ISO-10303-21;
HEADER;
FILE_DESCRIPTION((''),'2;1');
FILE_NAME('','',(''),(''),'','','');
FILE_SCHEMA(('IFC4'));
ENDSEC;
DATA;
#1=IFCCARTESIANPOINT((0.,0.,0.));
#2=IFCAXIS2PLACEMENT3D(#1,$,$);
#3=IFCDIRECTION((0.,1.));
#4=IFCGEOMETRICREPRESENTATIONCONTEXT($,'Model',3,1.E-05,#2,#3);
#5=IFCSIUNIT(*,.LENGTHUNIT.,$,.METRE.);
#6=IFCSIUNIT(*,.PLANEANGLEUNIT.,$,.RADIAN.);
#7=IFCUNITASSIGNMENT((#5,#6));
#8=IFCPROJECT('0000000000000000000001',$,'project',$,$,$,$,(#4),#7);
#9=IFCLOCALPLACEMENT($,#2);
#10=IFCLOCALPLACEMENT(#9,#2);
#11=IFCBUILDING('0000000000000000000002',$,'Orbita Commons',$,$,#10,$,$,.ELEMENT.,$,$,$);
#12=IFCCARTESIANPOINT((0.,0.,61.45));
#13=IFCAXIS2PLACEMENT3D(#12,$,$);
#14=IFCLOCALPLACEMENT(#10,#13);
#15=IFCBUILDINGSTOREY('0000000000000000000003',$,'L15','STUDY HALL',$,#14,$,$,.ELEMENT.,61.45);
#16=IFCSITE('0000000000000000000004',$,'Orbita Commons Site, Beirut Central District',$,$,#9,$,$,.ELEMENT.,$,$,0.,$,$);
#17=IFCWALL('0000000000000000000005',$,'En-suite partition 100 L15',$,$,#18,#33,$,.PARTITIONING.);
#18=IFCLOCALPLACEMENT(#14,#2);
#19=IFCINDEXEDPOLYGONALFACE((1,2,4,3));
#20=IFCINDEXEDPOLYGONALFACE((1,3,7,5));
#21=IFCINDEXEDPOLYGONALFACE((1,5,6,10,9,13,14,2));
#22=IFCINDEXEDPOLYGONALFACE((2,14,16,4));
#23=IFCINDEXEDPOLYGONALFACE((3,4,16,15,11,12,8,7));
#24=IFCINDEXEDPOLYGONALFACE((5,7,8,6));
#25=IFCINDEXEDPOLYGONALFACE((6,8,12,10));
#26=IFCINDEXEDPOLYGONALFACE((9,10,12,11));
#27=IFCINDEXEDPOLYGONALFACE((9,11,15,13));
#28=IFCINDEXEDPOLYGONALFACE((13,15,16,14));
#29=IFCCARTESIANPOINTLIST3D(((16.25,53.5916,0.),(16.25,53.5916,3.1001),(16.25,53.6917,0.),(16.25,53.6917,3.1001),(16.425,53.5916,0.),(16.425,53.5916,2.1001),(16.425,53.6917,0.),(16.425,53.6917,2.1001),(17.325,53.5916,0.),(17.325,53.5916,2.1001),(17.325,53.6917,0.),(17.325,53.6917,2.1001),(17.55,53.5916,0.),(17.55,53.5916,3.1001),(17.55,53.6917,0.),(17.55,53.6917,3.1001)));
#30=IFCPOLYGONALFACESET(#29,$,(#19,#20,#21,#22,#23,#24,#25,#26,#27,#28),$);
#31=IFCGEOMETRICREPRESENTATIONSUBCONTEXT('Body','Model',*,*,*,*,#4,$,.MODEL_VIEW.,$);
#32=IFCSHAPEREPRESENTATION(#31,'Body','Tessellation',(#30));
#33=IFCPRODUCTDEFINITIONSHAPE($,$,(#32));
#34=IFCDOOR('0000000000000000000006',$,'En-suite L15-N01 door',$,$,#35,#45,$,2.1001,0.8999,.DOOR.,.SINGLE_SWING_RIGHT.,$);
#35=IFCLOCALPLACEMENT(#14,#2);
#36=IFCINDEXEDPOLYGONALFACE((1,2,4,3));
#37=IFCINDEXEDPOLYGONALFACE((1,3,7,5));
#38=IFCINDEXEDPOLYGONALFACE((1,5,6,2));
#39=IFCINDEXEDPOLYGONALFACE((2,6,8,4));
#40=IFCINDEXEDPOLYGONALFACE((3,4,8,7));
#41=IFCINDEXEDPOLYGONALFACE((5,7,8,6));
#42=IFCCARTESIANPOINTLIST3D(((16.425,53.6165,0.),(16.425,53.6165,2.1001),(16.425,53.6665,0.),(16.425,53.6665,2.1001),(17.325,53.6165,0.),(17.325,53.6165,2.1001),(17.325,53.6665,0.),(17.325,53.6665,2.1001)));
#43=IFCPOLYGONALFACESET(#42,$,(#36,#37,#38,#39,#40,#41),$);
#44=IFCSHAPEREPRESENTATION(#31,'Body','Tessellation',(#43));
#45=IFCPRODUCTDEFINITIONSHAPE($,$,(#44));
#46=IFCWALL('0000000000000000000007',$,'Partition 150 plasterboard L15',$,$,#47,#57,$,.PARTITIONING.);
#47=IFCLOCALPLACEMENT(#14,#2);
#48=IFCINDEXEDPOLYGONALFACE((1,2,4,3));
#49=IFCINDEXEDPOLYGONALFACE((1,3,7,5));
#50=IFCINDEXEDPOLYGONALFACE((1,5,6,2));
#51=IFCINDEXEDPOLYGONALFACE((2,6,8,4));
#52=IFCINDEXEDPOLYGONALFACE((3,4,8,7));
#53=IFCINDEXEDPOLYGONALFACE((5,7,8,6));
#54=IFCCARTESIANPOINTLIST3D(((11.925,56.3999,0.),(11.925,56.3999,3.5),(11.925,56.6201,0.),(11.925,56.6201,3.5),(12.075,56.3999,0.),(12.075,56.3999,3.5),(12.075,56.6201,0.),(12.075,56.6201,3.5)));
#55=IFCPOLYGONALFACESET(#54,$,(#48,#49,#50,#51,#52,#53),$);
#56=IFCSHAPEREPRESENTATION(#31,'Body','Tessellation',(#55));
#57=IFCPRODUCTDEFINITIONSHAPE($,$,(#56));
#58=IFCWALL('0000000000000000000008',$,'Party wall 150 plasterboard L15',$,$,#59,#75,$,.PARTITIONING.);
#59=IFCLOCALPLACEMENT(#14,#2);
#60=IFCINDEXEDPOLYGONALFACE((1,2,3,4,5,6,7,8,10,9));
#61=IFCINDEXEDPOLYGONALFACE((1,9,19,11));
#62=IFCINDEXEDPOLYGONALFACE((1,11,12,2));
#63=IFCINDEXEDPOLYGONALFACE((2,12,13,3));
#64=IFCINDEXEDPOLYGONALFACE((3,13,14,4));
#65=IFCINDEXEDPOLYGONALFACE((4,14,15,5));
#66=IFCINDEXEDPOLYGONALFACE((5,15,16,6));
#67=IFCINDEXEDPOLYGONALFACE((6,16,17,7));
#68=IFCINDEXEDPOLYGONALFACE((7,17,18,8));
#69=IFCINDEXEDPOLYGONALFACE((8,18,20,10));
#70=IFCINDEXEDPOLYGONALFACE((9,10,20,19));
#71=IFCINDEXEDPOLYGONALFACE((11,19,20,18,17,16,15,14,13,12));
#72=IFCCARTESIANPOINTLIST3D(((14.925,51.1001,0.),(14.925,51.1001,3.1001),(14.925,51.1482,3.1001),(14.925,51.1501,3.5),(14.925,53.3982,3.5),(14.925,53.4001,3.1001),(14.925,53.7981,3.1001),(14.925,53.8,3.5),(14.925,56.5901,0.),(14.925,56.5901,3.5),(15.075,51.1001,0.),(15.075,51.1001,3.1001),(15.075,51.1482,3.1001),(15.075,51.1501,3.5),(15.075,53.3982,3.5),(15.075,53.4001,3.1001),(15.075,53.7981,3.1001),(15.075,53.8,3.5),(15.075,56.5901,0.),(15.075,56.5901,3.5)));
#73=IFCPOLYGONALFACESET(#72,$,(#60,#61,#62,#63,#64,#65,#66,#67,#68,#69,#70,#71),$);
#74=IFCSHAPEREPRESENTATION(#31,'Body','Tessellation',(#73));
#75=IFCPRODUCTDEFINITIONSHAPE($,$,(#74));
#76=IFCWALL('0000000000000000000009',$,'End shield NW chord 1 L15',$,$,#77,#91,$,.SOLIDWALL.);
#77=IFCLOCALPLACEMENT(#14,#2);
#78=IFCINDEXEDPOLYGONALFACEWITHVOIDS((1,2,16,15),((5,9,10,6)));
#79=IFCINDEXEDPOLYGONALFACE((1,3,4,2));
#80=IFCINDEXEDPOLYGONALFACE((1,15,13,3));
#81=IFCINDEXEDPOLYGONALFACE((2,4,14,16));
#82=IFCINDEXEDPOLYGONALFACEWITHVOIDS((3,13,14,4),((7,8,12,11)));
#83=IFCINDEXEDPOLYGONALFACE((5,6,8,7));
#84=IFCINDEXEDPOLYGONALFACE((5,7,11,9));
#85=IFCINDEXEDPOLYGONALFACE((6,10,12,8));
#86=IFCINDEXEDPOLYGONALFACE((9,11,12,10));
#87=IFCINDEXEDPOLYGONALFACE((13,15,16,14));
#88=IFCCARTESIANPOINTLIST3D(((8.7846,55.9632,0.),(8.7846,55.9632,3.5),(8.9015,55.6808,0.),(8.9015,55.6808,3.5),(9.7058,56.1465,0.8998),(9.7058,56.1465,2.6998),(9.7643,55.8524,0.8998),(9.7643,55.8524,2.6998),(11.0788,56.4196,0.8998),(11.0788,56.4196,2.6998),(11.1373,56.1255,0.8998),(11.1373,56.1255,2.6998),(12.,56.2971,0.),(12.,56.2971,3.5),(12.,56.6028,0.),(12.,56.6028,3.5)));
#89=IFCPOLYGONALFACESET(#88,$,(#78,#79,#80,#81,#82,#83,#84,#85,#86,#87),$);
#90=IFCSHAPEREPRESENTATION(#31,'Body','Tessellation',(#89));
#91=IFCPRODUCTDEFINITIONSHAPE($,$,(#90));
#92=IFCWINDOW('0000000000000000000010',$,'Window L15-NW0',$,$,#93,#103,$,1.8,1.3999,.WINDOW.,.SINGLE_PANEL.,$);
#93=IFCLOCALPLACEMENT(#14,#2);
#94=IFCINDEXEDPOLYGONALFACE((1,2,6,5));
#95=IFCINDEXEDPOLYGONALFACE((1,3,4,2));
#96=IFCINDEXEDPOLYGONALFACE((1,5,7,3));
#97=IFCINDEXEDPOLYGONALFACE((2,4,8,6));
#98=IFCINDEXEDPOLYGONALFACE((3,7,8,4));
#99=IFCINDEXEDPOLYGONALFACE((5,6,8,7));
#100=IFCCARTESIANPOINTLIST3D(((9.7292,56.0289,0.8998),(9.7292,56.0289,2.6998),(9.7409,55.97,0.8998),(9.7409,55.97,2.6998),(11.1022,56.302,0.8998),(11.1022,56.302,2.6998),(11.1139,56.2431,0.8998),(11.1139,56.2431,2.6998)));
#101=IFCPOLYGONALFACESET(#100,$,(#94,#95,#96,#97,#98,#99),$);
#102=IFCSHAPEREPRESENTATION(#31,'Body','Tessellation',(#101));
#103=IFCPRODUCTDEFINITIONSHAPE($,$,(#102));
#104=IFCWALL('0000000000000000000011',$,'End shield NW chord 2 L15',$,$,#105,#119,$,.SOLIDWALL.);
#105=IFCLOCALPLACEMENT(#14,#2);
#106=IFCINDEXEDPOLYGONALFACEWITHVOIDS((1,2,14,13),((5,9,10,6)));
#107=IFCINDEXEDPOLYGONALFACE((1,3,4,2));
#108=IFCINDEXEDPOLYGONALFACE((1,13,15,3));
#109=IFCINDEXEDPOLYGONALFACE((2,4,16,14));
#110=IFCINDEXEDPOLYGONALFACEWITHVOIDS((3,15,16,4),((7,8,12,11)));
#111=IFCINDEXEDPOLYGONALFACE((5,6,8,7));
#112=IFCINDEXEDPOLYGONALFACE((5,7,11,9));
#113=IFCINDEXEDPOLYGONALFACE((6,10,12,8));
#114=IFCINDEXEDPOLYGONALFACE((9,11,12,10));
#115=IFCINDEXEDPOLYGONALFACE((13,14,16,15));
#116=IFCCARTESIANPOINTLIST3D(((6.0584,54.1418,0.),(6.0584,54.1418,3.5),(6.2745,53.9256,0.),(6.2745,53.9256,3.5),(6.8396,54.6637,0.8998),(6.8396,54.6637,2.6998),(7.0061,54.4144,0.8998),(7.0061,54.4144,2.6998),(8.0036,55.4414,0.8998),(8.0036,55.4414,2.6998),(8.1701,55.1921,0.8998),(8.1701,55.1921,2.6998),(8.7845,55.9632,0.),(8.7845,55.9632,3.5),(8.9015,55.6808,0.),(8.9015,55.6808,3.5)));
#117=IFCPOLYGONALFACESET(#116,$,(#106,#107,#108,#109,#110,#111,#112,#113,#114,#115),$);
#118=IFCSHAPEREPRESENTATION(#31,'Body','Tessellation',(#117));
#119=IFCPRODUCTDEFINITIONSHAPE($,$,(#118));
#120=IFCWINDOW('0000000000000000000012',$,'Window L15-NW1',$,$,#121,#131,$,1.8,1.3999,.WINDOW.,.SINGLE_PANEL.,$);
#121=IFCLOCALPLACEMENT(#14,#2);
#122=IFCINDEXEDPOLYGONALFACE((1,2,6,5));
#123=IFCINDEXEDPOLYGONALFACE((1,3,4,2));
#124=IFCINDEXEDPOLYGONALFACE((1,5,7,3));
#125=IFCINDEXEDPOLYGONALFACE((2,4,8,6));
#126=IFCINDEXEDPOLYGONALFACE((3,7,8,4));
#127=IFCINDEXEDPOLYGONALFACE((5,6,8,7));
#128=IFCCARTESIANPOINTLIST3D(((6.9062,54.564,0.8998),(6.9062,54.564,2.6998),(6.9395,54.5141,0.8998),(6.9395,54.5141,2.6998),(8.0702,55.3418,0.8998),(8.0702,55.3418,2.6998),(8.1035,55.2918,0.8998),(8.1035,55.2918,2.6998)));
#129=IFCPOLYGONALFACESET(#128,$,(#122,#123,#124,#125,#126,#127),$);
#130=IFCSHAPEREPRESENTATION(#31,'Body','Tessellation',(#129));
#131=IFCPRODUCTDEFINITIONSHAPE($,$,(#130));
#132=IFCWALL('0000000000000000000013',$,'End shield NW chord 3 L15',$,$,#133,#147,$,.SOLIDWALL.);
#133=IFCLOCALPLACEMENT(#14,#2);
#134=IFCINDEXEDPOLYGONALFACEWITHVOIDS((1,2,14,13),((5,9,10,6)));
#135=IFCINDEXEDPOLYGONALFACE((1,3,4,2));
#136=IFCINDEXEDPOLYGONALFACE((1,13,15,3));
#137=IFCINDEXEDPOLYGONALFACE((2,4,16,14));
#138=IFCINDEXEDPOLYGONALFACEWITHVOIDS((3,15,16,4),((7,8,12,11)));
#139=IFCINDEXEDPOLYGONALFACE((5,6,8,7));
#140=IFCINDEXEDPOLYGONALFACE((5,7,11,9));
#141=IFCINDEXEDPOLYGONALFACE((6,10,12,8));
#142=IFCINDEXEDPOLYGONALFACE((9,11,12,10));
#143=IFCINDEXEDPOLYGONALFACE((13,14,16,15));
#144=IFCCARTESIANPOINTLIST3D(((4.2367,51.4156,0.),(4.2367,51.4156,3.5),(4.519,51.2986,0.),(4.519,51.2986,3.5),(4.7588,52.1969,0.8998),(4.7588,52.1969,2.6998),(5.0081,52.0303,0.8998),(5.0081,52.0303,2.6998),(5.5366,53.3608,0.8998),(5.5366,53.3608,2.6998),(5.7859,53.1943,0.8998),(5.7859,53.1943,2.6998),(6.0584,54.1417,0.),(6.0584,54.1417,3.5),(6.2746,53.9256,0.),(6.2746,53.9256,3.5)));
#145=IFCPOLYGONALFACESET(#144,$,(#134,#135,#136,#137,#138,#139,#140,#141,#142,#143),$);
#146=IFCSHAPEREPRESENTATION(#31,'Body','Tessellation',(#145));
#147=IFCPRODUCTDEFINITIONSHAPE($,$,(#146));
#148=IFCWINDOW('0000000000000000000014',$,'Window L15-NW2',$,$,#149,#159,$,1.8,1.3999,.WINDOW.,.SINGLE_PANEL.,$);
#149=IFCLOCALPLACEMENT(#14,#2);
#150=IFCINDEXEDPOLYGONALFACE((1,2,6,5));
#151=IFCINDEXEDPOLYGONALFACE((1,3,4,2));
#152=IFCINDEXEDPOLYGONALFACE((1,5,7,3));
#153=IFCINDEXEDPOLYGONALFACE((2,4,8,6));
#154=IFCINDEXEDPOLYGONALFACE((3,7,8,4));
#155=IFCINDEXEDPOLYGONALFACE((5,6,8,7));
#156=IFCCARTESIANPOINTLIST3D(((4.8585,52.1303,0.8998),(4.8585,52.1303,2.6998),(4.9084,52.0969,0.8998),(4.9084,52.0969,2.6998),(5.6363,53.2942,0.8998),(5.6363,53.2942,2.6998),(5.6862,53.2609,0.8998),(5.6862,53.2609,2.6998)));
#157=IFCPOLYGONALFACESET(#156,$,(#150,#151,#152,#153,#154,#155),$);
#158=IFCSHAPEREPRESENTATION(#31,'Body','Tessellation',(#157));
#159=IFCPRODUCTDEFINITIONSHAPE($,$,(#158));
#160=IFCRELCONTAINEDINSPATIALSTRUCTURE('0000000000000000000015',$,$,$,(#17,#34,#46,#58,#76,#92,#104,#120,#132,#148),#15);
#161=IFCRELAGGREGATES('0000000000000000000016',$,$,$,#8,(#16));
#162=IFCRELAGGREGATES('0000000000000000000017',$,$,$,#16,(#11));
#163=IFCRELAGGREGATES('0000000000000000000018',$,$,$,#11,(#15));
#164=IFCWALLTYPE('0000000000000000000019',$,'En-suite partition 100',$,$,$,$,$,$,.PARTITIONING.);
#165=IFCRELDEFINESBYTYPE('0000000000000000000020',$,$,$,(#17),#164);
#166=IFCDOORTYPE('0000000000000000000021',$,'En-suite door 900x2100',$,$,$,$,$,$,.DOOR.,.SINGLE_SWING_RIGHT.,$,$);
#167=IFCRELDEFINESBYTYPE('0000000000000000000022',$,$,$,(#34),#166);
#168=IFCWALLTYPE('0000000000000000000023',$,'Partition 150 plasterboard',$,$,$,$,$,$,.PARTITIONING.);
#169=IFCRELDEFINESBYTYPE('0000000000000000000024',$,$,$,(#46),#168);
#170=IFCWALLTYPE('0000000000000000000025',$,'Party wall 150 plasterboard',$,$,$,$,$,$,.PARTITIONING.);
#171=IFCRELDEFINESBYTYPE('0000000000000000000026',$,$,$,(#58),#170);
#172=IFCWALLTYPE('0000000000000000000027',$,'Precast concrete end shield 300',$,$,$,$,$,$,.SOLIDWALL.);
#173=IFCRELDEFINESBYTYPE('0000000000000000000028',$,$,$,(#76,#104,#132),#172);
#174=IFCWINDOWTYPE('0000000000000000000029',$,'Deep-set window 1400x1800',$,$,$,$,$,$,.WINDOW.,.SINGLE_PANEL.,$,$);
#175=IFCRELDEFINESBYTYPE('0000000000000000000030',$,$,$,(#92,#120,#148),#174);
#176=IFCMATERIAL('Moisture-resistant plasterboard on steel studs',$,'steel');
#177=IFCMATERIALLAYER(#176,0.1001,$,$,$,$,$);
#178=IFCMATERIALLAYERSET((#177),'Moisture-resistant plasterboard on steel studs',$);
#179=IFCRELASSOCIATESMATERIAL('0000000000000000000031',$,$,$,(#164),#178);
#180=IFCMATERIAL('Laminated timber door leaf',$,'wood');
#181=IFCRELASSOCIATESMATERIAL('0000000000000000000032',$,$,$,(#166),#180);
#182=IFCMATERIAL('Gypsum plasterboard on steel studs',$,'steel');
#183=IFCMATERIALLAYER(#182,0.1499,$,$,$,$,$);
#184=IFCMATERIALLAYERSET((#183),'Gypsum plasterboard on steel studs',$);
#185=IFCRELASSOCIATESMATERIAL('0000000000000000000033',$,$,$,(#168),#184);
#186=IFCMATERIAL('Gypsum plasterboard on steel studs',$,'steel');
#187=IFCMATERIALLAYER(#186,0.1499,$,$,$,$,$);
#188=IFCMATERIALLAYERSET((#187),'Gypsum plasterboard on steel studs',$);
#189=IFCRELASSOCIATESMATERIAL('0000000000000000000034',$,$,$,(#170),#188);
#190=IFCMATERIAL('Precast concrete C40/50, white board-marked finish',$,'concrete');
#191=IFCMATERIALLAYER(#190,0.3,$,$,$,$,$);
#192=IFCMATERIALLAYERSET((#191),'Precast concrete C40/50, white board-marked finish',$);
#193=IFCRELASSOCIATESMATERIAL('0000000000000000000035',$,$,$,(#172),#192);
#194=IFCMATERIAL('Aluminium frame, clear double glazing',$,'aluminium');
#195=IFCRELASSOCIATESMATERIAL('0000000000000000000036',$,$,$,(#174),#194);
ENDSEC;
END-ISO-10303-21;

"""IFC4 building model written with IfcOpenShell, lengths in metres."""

from ifc_helpers import new_model, si_unit, direction, frame, frame_2d, origin, place, context, subcontext, project, spatial, polyline, rectangle, outline, extrude, material, layer, layer_set, type_object, element, fill, save


model = new_model("IFC4")

# Units and contexts
model_context = context("Model", 3, precision=1e-05, world=origin(), true_north=direction((0.0, 1.0)))
body_context = subcontext(model_context, "Body", "Model", "MODEL_VIEW")
ifc_project = project(units=[si_unit("LENGTHUNIT", "METRE"), si_unit("PLANEANGLEUNIT", "RADIAN")], contexts=[model_context])

# Site, building, storey
site_placement = place(None, origin())
site = spatial("IfcSite", under=ifc_project, at=site_placement, Name="Orbita Commons Site, Beirut Central District", CompositionType="ELEMENT", RefElevation=0.0)
building_placement = place(site_placement, origin())
building = spatial("IfcBuilding", under=site, at=building_placement, Name="Orbita Commons", CompositionType="ELEMENT")
storey_placement = place(building_placement, frame((0.0, 0.0, 61.45)))
storey = spatial("IfcBuildingStorey", under=building, at=storey_placement, Name="L15", Description="STUDY HALL", CompositionType="ELEMENT", Elevation=61.45)

# Wall, opening, door
ifc_material_1 = material(Name="Moisture-resistant plasterboard on steel studs", Category="steel")
ifc_layer_1 = layer(ifc_material_1, 0.1001)
ifc_layer_set_1 = layer_set([ifc_layer_1], Name="Moisture-resistant plasterboard on steel studs")
wall_type_1 = type_object("IfcWallType", Name="En-suite partition 100", PredefinedType="PARTITIONING", material=ifc_layer_set_1)
ifc_material_2 = material(Name="Laminated timber door leaf", Category="wood")
door_type = type_object("IfcDoorType", Name="En-suite door 900x2100", OperationType="SINGLE_SWING_RIGHT", PredefinedType="DOOR", material=ifc_material_2)
wall_1_placement = place(storey_placement, frame((16.25, 53.6416, 0.0), z_axis=(0.0, 0.0, 1.0), x_axis=(1.0, 0.0, 0.0)))
wall_1 = element("IfcWall", 1, at=wall_1_placement, inside=storey, type_object=wall_type_1, Name="En-suite partition 100 L15", PredefinedType="PARTITIONING", context=body_context, shape_type="SweptSolid", body=[
    extrude(outline(polyline([(0.0, 0.0), (1.3, 0.0), (1.3, 3.1001), (0.0, 3.1001), (0.0, 0.0)])), frame((0.0, 0.05, 0.0), z_axis=(0.0, -1.0, 0.0), x_axis=(1.0, 0.0, 0.0)), (0.0, 0.0, 1.0), 0.1001),
])
opening_1_placement = place(wall_1_placement, frame((0.175, 0.0, 0.0)))
opening_1 = element("IfcOpeningElement", 2, at=opening_1_placement, cuts=wall_1, PredefinedType="OPENING", context=body_context, shape_type="SweptSolid", body=[
    extrude(rectangle(XDim=0.8999, YDim=2.1001, at=frame_2d((0.45, 1.05))), frame((0.0, 0.0601, 0.0), z_axis=(0.0, -1.0, 0.0), x_axis=(1.0, 0.0, 0.0)), (0.0, 0.0, 1.0), 0.1201),
])
door_1_placement = place(opening_1_placement, origin())
door_1 = element("IfcDoor", 3, at=door_1_placement, inside=storey, type_object=door_type, Name="En-suite L15-N01 door", OperationType="SINGLE_SWING_RIGHT", OverallHeight=2.1001, OverallWidth=0.8999, PredefinedType="DOOR", context=body_context, shape_type="SweptSolid", body=[
    extrude(rectangle(XDim=0.8999, YDim=2.1001, at=frame_2d((0.45, 1.05))), frame((0.0, 0.0249, 0.0), z_axis=(0.0, -1.0, 0.0), x_axis=(1.0, 0.0, 0.0)), (0.0, 0.0, 1.0), 0.05),
])
fill(opening_1, door_1)

# Walls
ifc_material_3 = material(Name="Gypsum plasterboard on steel studs", Category="steel")
ifc_layer_2 = layer(ifc_material_3, 0.1499)
ifc_layer_set_2 = layer_set([ifc_layer_2], Name="Gypsum plasterboard on steel studs")
wall_type_2 = type_object("IfcWallType", Name="Partition 150 plasterboard", PredefinedType="PARTITIONING", material=ifc_layer_set_2)
wall_2_placement = place(storey_placement, frame((12.0, 56.3999, 0.0), z_axis=(0.0, 0.0, 1.0), x_axis=(0.0, 1.0, 0.0)))
element("IfcWall", 4, at=wall_2_placement, inside=storey, type_object=wall_type_2, Name="Partition 150 plasterboard L15", PredefinedType="PARTITIONING", context=body_context, shape_type="SweptSolid", body=[
    extrude(rectangle(XDim=0.2202, YDim=0.1499, at=frame_2d((0.1101, 0.0))), origin(), (0.0, 0.0, 1.0), 3.5),
])
ifc_material_4 = material(Name="Gypsum plasterboard on steel studs", Category="steel")
ifc_layer_3 = layer(ifc_material_4, 0.1499)
ifc_layer_set_3 = layer_set([ifc_layer_3], Name="Gypsum plasterboard on steel studs")
wall_type_3 = type_object("IfcWallType", Name="Party wall 150 plasterboard", PredefinedType="PARTITIONING", material=ifc_layer_set_3)
wall_3_placement = place(storey_placement, frame((15.0, 56.5901, 0.0), z_axis=(0.0, 0.0, 1.0), x_axis=(0.0, -1.0, 0.0)))
element("IfcWall", 5, at=wall_3_placement, inside=storey, type_object=wall_type_3, Name="Party wall 150 plasterboard L15", PredefinedType="PARTITIONING", context=body_context, shape_type="SweptSolid", body=[
    extrude(outline(polyline([(0.0, 0.0), (5.49, 0.0), (5.49, 3.1001), (5.4419, 3.1001), (5.4399, 3.5), (3.1919, 3.5), (3.1899, 3.1001), (2.792, 3.1001), (2.79, 3.5), (0.0, 3.5), (0.0, 0.0)])), frame((0.0, 0.075, 0.0), z_axis=(0.0, -1.0, 0.0), x_axis=(1.0, 0.0, 0.0)), (0.0, 0.0, 1.0), 0.1499),
])

# Walls, openings, windows
ifc_material_5 = material(Name="Precast concrete C40/50, white board-marked finish", Category="concrete")
ifc_layer_4 = layer(ifc_material_5, 0.3)
ifc_layer_set_4 = layer_set([ifc_layer_4], Name="Precast concrete C40/50, white board-marked finish")
wall_type_4 = type_object("IfcWallType", Name="Precast concrete end shield 300", PredefinedType="SOLIDWALL", material=ifc_layer_set_4)
wall_4_placement = place(storey_placement, frame((12.0, 56.45, 0.0), z_axis=(0.0, 0.0, 1.0), x_axis=(-0.980787, -0.19508, 0.0)))
wall_4 = element("IfcWall", 6, at=wall_4_placement, inside=storey, type_object=wall_type_4, Name="End shield NW chord 1 L15", PredefinedType="SOLIDWALL", context=body_context, shape_type="SweptSolid", body=[
    extrude(outline(polyline([(-0.0298, -0.1499), (3.2485, -0.1499), (3.189, 0.1499), (0.0298, 0.1499), (-0.0298, -0.1499)])), origin(), (0.0, 0.0, 1.0), 3.5),
])
opening_2_placement = place(wall_4_placement, frame((0.9094, 0.0, 0.8999)))
opening_2 = element("IfcOpeningElement", 7, at=opening_2_placement, cuts=wall_4, PredefinedType="OPENING", context=body_context, shape_type="SweptSolid", body=[
    extrude(rectangle(XDim=1.3999, YDim=1.8, at=frame_2d((0.7, 0.8999))), frame((0.0, 0.1599, 0.0), z_axis=(0.0, -1.0, 0.0), x_axis=(1.0, 0.0, 0.0)), (0.0, 0.0, 1.0), 0.3201),
])
ifc_material_6 = material(Name="Aluminium frame, clear double glazing", Category="aluminium")
window_type = type_object("IfcWindowType", Name="Deep-set window 1400x1800", PartitioningType="SINGLE_PANEL", PredefinedType="WINDOW", material=ifc_material_6)
window_1_placement = place(opening_2_placement, origin())
window_1 = element("IfcWindow", 8, at=window_1_placement, inside=storey, type_object=window_type, Name="Window L15-NW0", OverallHeight=1.8, OverallWidth=1.3999, PartitioningType="SINGLE_PANEL", PredefinedType="WINDOW", context=body_context, shape_type="SweptSolid", body=[
    extrude(rectangle(XDim=1.3999, YDim=1.8, at=frame_2d((0.7, 0.8999))), frame((0.0, 0.03, 0.0), z_axis=(0.0, -1.0, 0.0), x_axis=(1.0, 0.0, 0.0)), (0.0, 0.0, 1.0), 0.0601),
])
fill(opening_2, window_1)
wall_5_placement = place(storey_placement, frame((8.843, 55.822, 0.0), z_axis=(0.0, 0.0, 1.0), x_axis=(-0.831478, -0.555558, 0.0)))
wall_5 = element("IfcWall", 9, at=wall_5_placement, inside=storey, type_object=wall_type_4, Name="End shield NW chord 2 L15", PredefinedType="SOLIDWALL", context=body_context, shape_type="SweptSolid", body=[
    extrude(outline(polyline([(-0.0298, -0.1499), (3.2488, -0.1499), (3.1892, 0.1499), (0.0298, 0.1499), (-0.0298, -0.1499)])), origin(), (0.0, 0.0, 1.0), 3.5),
])
opening_3_placement = place(wall_5_placement, frame((0.9094, 0.0, 0.8999)))
opening_3 = element("IfcOpeningElement", 10, at=opening_3_placement, cuts=wall_5, PredefinedType="OPENING", context=body_context, shape_type="SweptSolid", body=[
    extrude(rectangle(XDim=1.3999, YDim=1.8, at=frame_2d((0.7, 0.8999))), frame((0.0, 0.1599, 0.0), z_axis=(0.0, -1.0, 0.0), x_axis=(1.0, 0.0, 0.0)), (0.0, 0.0, 1.0), 0.3201),
])
window_2_placement = place(opening_3_placement, origin())
window_2 = element("IfcWindow", 11, at=window_2_placement, inside=storey, type_object=window_type, Name="Window L15-NW1", OverallHeight=1.8, OverallWidth=1.3999, PartitioningType="SINGLE_PANEL", PredefinedType="WINDOW", context=body_context, shape_type="SweptSolid", body=[
    extrude(rectangle(XDim=1.3999, YDim=1.8, at=frame_2d((0.7, 0.8999))), frame((0.0, 0.03, 0.0), z_axis=(0.0, -1.0, 0.0), x_axis=(1.0, 0.0, 0.0)), (0.0, 0.0, 1.0), 0.0601),
])
fill(opening_3, window_2)
wall_6_placement = place(storey_placement, frame((6.1665, 54.0337, 0.0), z_axis=(0.0, 0.0, 1.0), x_axis=(-0.55561, -0.831443, 0.0)))
wall_6 = element("IfcWall", 12, at=wall_6_placement, inside=storey, type_object=wall_type_4, Name="End shield NW chord 3 L15", PredefinedType="SOLIDWALL", context=body_context, shape_type="SweptSolid", body=[
    extrude(outline(polyline([(-0.0298, -0.1499), (3.249, -0.1499), (3.1895, 0.1499), (0.0298, 0.1499), (-0.0298, -0.1499)])), origin(), (0.0, 0.0, 1.0), 3.5),
])
opening_4_placement = place(wall_6_placement, frame((0.9094, 0.0, 0.8999)))
opening_4 = element("IfcOpeningElement", 13, at=opening_4_placement, cuts=wall_6, PredefinedType="OPENING", context=body_context, shape_type="SweptSolid", body=[
    extrude(rectangle(XDim=1.3999, YDim=1.8, at=frame_2d((0.7, 0.8999))), frame((0.0, 0.1599, 0.0), z_axis=(0.0, -1.0, 0.0), x_axis=(1.0, 0.0, 0.0)), (0.0, 0.0, 1.0), 0.3201),
])
window_3_placement = place(opening_4_placement, origin())
window_3 = element("IfcWindow", 14, at=window_3_placement, inside=storey, type_object=window_type, Name="Window L15-NW2", OverallHeight=1.8, OverallWidth=1.3999, PartitioningType="SINGLE_PANEL", PredefinedType="WINDOW", context=body_context, shape_type="SweptSolid", body=[
    extrude(rectangle(XDim=1.3999, YDim=1.8, at=frame_2d((0.7, 0.8999))), frame((0.0, 0.03, 0.0), z_axis=(0.0, -1.0, 0.0), x_axis=(1.0, 0.0, 0.0)), (0.0, 0.0, 1.0), 0.0601),
])
fill(opening_4, window_3)

save(model, "model.ifc")
